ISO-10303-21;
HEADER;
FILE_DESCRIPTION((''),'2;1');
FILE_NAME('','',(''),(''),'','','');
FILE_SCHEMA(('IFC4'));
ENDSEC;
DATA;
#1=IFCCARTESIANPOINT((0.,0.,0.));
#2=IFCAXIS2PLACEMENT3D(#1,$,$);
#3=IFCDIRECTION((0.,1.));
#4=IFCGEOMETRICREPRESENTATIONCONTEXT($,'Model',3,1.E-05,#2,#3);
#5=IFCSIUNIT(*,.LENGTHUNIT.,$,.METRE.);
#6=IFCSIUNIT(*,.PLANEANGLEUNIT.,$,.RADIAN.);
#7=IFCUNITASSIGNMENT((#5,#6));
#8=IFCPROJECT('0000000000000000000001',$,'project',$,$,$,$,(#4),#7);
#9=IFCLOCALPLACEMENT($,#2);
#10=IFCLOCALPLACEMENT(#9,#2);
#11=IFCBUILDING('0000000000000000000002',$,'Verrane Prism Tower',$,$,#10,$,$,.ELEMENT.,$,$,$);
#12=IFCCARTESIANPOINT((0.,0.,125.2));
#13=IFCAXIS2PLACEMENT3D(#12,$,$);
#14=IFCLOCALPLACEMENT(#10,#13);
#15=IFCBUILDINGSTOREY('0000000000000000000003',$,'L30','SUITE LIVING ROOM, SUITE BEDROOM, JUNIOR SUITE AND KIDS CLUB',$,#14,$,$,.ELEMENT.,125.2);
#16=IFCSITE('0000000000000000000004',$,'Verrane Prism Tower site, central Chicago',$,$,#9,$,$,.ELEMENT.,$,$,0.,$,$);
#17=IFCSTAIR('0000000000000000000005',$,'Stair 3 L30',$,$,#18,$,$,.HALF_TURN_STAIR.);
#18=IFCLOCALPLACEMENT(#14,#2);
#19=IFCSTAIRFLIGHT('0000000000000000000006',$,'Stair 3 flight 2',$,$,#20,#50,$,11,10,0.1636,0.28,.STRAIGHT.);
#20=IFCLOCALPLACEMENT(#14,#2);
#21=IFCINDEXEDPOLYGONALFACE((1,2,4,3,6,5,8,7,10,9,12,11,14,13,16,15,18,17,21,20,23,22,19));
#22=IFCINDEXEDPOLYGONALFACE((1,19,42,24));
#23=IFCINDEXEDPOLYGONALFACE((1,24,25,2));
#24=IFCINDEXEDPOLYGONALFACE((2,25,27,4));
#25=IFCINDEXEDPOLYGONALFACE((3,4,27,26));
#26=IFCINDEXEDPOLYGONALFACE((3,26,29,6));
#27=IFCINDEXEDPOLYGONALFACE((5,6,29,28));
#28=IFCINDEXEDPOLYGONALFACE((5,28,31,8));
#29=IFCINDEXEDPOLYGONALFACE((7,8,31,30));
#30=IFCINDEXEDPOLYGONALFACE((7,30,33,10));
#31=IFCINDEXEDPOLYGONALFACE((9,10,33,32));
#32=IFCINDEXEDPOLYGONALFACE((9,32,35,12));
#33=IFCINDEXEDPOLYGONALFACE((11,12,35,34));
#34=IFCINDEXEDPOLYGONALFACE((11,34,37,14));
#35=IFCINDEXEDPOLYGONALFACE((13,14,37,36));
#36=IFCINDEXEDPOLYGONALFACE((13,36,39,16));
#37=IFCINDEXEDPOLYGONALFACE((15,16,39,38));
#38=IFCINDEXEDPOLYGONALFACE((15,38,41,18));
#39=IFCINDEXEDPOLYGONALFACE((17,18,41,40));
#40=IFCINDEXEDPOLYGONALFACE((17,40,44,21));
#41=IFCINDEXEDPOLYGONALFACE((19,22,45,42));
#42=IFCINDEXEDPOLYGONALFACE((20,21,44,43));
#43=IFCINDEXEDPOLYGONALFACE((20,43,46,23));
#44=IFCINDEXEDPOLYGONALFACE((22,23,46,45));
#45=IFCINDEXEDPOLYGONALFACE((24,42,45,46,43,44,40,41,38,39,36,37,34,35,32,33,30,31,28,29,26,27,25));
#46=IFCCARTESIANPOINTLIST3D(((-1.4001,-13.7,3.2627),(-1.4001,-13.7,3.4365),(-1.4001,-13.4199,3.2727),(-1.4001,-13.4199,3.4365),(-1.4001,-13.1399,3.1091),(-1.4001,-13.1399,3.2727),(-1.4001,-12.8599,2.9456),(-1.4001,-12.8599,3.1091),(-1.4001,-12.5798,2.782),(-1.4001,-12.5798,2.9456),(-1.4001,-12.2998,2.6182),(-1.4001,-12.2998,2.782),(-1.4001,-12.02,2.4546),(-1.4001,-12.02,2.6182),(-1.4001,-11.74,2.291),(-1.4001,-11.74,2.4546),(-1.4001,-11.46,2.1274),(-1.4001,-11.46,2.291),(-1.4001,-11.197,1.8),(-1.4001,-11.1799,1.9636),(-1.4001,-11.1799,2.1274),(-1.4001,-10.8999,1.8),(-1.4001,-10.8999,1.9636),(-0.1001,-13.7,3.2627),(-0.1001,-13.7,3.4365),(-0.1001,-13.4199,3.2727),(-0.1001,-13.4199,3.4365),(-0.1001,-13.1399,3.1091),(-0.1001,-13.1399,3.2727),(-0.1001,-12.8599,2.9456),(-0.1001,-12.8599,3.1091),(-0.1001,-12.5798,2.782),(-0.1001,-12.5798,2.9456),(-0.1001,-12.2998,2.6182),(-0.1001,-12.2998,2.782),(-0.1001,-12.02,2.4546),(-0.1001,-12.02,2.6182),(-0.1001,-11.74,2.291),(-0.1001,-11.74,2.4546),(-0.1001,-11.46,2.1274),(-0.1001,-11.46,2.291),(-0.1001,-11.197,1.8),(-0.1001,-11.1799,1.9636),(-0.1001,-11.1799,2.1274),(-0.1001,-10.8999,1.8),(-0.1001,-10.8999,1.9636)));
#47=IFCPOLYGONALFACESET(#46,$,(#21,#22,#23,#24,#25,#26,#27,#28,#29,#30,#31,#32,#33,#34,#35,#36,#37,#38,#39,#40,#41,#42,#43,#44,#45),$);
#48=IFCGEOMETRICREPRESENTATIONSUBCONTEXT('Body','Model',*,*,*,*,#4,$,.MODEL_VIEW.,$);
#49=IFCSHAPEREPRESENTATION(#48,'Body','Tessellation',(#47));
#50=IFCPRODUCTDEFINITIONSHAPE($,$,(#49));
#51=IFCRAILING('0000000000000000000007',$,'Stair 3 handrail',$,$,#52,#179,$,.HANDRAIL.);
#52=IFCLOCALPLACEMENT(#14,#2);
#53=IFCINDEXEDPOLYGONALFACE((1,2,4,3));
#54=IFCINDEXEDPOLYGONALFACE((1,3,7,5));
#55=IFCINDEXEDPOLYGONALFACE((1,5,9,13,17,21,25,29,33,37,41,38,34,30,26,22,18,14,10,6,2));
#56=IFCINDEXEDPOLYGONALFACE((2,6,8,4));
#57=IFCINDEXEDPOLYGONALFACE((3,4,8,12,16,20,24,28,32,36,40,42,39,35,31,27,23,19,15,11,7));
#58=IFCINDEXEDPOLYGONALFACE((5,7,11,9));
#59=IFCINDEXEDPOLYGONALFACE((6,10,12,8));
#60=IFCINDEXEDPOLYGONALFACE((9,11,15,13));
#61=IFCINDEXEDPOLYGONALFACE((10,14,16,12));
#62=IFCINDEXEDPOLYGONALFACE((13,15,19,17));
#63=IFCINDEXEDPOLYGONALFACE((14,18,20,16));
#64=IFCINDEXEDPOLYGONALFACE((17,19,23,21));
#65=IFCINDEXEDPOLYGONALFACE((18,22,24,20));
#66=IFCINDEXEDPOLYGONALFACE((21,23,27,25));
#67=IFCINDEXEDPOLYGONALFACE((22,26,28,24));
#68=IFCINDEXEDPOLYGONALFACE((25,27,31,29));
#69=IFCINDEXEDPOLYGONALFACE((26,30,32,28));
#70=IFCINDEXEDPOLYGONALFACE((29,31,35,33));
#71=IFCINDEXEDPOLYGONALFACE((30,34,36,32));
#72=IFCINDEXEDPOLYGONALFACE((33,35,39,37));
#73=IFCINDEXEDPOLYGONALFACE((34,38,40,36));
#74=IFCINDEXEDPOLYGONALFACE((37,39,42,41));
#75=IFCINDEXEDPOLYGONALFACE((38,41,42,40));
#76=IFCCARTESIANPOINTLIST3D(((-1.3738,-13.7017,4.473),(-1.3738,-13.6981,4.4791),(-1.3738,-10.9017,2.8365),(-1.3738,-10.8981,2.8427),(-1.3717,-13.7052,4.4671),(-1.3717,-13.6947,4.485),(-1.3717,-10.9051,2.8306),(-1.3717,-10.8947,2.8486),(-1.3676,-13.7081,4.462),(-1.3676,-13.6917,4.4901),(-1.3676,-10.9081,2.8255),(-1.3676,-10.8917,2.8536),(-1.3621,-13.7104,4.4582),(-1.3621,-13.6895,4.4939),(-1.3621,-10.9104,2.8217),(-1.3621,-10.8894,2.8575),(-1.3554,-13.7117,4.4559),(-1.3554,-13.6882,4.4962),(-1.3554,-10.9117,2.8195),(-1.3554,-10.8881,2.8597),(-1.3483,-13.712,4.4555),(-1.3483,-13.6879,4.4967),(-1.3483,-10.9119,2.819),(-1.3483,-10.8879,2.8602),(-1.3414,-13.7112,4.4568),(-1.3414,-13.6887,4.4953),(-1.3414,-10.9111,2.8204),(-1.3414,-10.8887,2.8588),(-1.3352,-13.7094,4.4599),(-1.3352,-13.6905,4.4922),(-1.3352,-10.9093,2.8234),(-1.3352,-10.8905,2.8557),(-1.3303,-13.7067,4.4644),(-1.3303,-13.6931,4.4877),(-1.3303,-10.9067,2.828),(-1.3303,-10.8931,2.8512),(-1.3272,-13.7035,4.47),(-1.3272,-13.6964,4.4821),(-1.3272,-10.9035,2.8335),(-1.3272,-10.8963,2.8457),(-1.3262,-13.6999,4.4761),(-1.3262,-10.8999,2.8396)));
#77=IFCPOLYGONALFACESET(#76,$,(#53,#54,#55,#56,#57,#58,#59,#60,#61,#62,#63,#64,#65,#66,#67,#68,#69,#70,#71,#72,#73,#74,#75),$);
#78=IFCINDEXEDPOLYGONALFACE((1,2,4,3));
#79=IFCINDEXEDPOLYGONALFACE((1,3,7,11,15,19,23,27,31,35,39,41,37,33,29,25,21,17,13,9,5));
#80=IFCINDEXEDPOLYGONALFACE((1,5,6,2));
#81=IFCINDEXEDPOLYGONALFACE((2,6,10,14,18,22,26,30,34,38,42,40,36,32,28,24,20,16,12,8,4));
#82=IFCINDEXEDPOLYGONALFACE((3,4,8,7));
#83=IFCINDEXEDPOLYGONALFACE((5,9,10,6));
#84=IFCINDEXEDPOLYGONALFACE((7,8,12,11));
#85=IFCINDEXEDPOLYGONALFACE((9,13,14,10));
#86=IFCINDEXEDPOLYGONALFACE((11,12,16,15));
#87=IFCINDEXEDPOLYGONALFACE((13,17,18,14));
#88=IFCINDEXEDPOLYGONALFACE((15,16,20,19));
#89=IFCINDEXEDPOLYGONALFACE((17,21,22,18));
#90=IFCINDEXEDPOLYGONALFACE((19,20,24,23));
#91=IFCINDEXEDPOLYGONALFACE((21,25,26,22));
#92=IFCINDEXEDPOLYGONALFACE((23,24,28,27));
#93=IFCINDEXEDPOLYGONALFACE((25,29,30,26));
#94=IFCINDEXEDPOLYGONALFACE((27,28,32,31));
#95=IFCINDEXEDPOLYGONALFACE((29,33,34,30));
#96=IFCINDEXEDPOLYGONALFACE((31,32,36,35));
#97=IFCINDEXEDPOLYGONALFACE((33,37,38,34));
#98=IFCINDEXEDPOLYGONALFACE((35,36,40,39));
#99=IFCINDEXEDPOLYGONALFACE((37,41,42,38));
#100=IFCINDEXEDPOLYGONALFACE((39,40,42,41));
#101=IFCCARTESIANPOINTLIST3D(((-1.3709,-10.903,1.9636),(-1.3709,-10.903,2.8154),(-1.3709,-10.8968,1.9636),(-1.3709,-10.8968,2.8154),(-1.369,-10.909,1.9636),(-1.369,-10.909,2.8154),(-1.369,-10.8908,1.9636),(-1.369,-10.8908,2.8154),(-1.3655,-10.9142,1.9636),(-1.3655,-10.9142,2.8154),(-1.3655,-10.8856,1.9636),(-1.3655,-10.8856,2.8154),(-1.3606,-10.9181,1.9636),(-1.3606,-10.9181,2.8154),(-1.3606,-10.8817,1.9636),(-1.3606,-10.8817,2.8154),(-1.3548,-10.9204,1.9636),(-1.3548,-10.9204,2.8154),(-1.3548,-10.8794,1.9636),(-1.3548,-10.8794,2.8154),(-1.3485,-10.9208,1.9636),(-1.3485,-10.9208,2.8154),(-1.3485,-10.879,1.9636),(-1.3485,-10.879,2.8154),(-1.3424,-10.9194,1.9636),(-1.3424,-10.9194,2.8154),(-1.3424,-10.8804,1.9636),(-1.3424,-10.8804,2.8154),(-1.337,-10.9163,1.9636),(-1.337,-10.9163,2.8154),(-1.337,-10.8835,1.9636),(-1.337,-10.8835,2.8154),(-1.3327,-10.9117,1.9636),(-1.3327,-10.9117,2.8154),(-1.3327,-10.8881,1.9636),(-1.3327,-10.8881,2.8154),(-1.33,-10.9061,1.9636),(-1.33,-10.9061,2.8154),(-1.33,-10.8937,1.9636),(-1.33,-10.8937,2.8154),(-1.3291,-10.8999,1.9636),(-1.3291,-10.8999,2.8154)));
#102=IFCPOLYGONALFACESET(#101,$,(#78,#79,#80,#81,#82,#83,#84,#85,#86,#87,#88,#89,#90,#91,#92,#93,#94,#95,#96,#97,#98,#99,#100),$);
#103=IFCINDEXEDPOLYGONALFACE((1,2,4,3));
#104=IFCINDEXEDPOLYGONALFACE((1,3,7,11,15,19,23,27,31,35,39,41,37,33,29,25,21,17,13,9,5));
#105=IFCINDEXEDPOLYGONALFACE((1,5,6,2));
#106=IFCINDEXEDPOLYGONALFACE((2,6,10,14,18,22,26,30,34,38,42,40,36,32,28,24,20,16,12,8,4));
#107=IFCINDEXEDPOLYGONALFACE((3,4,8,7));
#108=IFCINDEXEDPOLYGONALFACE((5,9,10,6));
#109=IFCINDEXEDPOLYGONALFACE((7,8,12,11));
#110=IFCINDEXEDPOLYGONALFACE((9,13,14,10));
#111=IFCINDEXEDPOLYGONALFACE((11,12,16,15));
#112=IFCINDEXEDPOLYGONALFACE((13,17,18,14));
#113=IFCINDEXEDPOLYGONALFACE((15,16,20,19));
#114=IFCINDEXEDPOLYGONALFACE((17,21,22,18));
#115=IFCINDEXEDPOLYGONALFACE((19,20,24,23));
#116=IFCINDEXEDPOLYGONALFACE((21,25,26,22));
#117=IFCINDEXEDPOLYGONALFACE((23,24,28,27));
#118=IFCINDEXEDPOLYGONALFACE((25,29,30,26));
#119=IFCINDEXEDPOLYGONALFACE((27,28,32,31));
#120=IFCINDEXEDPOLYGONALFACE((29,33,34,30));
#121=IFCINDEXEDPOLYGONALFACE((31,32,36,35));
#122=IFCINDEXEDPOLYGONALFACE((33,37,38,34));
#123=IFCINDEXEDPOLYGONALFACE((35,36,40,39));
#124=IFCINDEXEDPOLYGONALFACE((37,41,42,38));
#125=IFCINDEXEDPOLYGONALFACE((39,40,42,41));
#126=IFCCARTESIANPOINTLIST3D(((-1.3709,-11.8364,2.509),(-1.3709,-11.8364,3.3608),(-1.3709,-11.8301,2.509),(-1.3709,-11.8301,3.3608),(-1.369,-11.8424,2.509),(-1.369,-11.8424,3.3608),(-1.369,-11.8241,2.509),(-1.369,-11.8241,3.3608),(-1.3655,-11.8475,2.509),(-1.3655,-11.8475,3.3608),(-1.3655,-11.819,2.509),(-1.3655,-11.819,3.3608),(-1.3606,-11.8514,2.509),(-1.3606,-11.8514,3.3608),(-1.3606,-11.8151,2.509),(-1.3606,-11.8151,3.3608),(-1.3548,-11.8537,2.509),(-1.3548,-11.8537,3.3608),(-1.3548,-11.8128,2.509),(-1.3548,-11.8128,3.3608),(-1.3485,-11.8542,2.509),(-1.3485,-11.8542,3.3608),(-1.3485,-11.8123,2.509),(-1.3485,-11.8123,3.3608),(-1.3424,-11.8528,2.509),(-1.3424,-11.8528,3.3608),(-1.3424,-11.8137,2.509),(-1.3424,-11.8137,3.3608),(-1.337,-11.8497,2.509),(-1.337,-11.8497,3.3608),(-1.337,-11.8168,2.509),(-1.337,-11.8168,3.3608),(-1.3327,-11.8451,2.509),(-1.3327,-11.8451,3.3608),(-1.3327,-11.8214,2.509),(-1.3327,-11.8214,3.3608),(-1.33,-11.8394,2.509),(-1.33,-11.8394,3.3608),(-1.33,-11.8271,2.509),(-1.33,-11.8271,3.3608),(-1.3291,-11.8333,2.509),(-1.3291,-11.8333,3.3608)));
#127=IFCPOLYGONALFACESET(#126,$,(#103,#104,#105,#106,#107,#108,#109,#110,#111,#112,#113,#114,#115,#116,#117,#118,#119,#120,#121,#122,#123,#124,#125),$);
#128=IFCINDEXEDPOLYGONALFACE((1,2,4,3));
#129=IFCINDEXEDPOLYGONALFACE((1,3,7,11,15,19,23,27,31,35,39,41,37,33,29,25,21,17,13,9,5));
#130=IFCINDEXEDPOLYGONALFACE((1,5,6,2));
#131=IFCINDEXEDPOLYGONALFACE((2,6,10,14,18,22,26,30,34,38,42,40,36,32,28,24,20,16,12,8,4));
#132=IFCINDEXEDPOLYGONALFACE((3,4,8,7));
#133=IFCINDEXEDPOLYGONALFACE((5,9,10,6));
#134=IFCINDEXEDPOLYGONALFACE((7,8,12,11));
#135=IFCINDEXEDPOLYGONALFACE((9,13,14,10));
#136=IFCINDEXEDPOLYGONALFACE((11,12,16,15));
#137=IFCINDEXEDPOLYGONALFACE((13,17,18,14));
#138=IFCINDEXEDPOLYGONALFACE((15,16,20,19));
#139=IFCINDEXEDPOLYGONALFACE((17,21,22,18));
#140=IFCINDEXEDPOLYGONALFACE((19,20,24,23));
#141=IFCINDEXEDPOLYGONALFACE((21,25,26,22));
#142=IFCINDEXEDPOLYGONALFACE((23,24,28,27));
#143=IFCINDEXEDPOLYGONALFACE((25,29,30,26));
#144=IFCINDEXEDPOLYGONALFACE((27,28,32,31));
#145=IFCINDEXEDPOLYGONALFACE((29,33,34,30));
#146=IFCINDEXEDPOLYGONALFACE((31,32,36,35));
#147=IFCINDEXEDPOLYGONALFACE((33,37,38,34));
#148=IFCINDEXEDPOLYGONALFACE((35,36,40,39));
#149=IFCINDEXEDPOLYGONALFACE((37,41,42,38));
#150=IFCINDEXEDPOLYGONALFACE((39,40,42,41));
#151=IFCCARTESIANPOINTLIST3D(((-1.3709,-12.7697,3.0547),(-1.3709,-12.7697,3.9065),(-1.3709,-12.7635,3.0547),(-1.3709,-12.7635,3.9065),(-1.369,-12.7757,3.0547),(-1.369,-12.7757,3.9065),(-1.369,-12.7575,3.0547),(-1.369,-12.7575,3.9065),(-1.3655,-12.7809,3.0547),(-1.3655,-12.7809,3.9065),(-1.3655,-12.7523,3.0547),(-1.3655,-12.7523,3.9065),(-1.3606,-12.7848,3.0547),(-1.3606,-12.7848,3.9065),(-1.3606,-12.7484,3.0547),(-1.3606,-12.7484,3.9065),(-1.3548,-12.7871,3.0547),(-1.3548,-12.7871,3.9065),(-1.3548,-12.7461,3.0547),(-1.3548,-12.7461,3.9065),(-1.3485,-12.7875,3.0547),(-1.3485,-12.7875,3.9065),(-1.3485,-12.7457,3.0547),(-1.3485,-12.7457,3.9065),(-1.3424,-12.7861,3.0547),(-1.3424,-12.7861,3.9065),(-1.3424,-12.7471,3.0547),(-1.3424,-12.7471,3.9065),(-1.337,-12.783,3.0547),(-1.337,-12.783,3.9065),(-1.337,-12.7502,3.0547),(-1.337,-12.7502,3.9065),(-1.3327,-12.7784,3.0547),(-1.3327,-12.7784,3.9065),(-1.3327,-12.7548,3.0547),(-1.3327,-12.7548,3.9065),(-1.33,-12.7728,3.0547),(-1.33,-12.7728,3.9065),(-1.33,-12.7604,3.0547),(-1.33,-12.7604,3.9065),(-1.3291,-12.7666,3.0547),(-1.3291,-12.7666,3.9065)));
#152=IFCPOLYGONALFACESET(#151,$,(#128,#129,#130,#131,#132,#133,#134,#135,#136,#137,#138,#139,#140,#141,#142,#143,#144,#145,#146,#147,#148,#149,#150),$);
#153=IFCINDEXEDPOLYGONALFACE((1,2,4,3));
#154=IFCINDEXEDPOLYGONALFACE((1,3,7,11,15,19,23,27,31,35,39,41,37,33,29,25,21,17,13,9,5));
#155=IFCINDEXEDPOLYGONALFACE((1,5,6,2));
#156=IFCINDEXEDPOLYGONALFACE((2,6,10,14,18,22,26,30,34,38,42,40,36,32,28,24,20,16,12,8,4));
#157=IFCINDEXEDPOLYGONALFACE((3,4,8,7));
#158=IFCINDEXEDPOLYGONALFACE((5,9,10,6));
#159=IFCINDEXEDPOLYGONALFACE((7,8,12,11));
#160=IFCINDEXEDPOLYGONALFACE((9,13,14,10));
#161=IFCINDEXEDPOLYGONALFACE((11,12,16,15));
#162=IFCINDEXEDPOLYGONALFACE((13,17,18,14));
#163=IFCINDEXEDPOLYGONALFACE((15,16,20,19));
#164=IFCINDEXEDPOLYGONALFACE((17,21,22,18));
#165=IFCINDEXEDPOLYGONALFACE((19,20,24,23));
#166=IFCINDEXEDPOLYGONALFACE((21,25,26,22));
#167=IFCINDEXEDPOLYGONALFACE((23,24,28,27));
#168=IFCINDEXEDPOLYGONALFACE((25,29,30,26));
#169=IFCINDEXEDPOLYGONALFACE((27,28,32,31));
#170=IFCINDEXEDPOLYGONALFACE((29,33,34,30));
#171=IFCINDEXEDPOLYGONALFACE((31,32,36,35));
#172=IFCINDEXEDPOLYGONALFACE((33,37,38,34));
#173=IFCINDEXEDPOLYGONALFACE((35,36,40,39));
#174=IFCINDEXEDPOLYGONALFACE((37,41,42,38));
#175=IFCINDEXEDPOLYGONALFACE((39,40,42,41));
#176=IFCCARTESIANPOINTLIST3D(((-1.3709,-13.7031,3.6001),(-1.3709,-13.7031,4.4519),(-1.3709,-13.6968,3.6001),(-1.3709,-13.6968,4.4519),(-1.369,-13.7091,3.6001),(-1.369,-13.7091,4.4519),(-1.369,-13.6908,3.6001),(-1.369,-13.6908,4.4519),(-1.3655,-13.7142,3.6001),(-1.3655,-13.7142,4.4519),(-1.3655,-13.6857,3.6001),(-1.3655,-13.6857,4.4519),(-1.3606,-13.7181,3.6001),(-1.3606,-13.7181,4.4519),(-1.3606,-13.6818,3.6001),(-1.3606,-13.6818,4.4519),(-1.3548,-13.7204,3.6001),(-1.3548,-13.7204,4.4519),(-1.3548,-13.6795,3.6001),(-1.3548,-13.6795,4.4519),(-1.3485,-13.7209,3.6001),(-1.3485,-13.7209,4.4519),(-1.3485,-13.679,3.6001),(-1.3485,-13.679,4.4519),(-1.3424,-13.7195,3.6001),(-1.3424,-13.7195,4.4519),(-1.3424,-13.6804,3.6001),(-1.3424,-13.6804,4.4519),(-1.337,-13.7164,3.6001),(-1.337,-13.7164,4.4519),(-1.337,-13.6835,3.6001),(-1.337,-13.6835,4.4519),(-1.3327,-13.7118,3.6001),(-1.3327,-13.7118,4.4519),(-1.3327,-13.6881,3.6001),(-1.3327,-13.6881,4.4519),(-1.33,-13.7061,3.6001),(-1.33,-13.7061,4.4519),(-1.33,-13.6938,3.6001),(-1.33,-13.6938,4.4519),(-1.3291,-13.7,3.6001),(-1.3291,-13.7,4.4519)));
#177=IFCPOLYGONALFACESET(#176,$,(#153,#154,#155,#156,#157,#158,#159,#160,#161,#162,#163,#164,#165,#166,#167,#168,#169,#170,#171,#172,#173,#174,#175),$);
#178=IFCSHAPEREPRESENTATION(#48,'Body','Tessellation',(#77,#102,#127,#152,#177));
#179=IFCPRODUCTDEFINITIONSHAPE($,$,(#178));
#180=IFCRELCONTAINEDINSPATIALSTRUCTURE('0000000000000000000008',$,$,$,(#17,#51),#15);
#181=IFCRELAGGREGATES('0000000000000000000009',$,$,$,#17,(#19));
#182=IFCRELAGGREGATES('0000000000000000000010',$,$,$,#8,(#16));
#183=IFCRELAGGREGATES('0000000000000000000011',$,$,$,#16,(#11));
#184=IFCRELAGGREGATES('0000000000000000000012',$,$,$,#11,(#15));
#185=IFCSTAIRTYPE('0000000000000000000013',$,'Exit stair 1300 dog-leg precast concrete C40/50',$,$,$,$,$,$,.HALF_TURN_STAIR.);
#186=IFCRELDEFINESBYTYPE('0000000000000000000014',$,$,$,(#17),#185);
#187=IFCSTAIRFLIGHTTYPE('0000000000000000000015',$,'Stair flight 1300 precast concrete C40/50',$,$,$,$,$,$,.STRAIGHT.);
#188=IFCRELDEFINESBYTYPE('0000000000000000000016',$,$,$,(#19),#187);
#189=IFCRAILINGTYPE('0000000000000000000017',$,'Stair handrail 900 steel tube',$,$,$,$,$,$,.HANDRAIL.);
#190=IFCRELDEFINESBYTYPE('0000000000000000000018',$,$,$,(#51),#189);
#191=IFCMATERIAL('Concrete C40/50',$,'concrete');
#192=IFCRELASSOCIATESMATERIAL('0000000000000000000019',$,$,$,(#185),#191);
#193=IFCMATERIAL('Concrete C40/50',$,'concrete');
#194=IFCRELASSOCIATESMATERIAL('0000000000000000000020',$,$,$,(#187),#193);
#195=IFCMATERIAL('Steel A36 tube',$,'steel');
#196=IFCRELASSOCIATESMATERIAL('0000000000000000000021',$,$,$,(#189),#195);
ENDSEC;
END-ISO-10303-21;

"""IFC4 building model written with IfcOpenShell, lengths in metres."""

from ifc_helpers import new_model, si_unit, direction, frame, origin, origin_2d, place, context, subcontext, project, spatial, polyline, circle, outline, extrude, material, type_object, element, aggregate, save


model = new_model("IFC4")

# Units and contexts
model_context = context("Model", 3, precision=1e-05, world=origin(), true_north=direction((0.0, 1.0)))
body_context = subcontext(model_context, "Body", "Model", "MODEL_VIEW")
ifc_project = project(units=[si_unit("LENGTHUNIT", "METRE"), si_unit("PLANEANGLEUNIT", "RADIAN")], contexts=[model_context])

# Site, building, storey
site_placement = place(None, origin())
site = spatial("IfcSite", under=ifc_project, at=site_placement, Name="Verrane Prism Tower site, central Chicago", CompositionType="ELEMENT", RefElevation=0.0)
building_placement = place(site_placement, origin())
building = spatial("IfcBuilding", under=site, at=building_placement, Name="Verrane Prism Tower", CompositionType="ELEMENT")
storey_placement = place(building_placement, frame((0.0, 0.0, 125.2)))
storey = spatial("IfcBuildingStorey", under=building, at=storey_placement, Name="L30", Description="SUITE LIVING ROOM, SUITE BEDROOM, JUNIOR SUITE AND KIDS CLUB", CompositionType="ELEMENT", Elevation=125.2)

# Stair, stair flight
ifc_material_1 = material(Name="Concrete C40/50", Category="concrete")
stair_type = type_object("IfcStairType", Name="Exit stair 1300 dog-leg precast concrete C40/50", PredefinedType="HALF_TURN_STAIR", material=ifc_material_1)
stair_placement = place(storey_placement, origin())
stair = element("IfcStair", 1, at=stair_placement, inside=storey, type_object=stair_type, Name="Stair 3 L30", PredefinedType="HALF_TURN_STAIR")
ifc_material_2 = material(Name="Concrete C40/50", Category="concrete")
stair_flight_type = type_object("IfcStairFlightType", Name="Stair flight 1300 precast concrete C40/50", PredefinedType="STRAIGHT", material=ifc_material_2)
stair_flight_placement = place(storey_placement, frame((-0.75, -10.8999, 1.8), z_axis=(0.0, 0.0, 1.0), x_axis=(0.0, -1.0, 0.0)))
stair_flight = element("IfcStairFlight", 2, at=stair_flight_placement, type_object=stair_flight_type, Name="Stair 3 flight 2", NumberOfRisers=11, NumberOfTreads=10, PredefinedType="STRAIGHT", RiserHeight=0.1636, TreadLength=0.28, context=body_context, shape_type="SweptSolid", body=[
    extrude(outline(polyline([(0.0, 0.0), (0.0, 0.1636), (0.28, 0.1636), (0.28, 0.3274), (0.5601, 0.3274), (0.5601, 0.491), (0.8401, 0.491), (0.8401, 0.6545), (1.1201, 0.6545), (1.1201, 0.8181), (1.3999, 0.8181), (1.3999, 0.9819), (1.6799, 0.9819), (1.6799, 1.1455), (1.96, 1.1455), (1.96, 1.3091), (2.24, 1.3091), (2.24, 1.4727), (2.52, 1.4727), (2.52, 1.6365), (2.8, 1.6365), (2.8, 1.8), (2.8, 1.4626), (0.2971, 0.0), (0.0, 0.0)])), frame((0.0, 0.6499, 0.0), z_axis=(0.0, -1.0, 0.0), x_axis=(1.0, 0.0, 0.0)), (0.0, 0.0, 1.0), 1.3),
])
aggregate(stair, [stair_flight])

# Railing
ifc_material_3 = material(Name="Steel A36 tube", Category="steel")
railing_type = type_object("IfcRailingType", Name="Stair handrail 900 steel tube", PredefinedType="HANDRAIL", material=ifc_material_3)
railing_placement = place(storey_placement, frame((-1.3501, -10.8999, 1.9636)))
element("IfcRailing", 3, at=railing_placement, inside=storey, type_object=railing_type, Name="Stair 3 handrail", PredefinedType="HANDRAIL", context=body_context, shape_type="SweptSolid", body=[
    extrude(circle(Radius=0.0239, at=origin_2d()), frame((0.0, 0.0, 0.876), z_axis=(0.0, -0.863361, 0.504587), x_axis=(1.0, 0.0, 0.0)), (0.0, 0.0, 1.0), 3.2432),
    extrude(circle(Radius=0.021, at=origin_2d()), origin(), (0.0, 0.0, 1.0), 0.8518),
    extrude(circle(Radius=0.021, at=origin_2d()), frame((0.0, -0.9333, 0.5454)), (0.0, 0.0, 1.0), 0.8518),
    extrude(circle(Radius=0.021, at=origin_2d()), frame((0.0, -1.8667, 1.0911)), (0.0, 0.0, 1.0), 0.8518),
    extrude(circle(Radius=0.021, at=origin_2d()), frame((0.0, -2.8, 1.6365)), (0.0, 0.0, 1.0), 0.8518),
])

save(model, "model.ifc")
